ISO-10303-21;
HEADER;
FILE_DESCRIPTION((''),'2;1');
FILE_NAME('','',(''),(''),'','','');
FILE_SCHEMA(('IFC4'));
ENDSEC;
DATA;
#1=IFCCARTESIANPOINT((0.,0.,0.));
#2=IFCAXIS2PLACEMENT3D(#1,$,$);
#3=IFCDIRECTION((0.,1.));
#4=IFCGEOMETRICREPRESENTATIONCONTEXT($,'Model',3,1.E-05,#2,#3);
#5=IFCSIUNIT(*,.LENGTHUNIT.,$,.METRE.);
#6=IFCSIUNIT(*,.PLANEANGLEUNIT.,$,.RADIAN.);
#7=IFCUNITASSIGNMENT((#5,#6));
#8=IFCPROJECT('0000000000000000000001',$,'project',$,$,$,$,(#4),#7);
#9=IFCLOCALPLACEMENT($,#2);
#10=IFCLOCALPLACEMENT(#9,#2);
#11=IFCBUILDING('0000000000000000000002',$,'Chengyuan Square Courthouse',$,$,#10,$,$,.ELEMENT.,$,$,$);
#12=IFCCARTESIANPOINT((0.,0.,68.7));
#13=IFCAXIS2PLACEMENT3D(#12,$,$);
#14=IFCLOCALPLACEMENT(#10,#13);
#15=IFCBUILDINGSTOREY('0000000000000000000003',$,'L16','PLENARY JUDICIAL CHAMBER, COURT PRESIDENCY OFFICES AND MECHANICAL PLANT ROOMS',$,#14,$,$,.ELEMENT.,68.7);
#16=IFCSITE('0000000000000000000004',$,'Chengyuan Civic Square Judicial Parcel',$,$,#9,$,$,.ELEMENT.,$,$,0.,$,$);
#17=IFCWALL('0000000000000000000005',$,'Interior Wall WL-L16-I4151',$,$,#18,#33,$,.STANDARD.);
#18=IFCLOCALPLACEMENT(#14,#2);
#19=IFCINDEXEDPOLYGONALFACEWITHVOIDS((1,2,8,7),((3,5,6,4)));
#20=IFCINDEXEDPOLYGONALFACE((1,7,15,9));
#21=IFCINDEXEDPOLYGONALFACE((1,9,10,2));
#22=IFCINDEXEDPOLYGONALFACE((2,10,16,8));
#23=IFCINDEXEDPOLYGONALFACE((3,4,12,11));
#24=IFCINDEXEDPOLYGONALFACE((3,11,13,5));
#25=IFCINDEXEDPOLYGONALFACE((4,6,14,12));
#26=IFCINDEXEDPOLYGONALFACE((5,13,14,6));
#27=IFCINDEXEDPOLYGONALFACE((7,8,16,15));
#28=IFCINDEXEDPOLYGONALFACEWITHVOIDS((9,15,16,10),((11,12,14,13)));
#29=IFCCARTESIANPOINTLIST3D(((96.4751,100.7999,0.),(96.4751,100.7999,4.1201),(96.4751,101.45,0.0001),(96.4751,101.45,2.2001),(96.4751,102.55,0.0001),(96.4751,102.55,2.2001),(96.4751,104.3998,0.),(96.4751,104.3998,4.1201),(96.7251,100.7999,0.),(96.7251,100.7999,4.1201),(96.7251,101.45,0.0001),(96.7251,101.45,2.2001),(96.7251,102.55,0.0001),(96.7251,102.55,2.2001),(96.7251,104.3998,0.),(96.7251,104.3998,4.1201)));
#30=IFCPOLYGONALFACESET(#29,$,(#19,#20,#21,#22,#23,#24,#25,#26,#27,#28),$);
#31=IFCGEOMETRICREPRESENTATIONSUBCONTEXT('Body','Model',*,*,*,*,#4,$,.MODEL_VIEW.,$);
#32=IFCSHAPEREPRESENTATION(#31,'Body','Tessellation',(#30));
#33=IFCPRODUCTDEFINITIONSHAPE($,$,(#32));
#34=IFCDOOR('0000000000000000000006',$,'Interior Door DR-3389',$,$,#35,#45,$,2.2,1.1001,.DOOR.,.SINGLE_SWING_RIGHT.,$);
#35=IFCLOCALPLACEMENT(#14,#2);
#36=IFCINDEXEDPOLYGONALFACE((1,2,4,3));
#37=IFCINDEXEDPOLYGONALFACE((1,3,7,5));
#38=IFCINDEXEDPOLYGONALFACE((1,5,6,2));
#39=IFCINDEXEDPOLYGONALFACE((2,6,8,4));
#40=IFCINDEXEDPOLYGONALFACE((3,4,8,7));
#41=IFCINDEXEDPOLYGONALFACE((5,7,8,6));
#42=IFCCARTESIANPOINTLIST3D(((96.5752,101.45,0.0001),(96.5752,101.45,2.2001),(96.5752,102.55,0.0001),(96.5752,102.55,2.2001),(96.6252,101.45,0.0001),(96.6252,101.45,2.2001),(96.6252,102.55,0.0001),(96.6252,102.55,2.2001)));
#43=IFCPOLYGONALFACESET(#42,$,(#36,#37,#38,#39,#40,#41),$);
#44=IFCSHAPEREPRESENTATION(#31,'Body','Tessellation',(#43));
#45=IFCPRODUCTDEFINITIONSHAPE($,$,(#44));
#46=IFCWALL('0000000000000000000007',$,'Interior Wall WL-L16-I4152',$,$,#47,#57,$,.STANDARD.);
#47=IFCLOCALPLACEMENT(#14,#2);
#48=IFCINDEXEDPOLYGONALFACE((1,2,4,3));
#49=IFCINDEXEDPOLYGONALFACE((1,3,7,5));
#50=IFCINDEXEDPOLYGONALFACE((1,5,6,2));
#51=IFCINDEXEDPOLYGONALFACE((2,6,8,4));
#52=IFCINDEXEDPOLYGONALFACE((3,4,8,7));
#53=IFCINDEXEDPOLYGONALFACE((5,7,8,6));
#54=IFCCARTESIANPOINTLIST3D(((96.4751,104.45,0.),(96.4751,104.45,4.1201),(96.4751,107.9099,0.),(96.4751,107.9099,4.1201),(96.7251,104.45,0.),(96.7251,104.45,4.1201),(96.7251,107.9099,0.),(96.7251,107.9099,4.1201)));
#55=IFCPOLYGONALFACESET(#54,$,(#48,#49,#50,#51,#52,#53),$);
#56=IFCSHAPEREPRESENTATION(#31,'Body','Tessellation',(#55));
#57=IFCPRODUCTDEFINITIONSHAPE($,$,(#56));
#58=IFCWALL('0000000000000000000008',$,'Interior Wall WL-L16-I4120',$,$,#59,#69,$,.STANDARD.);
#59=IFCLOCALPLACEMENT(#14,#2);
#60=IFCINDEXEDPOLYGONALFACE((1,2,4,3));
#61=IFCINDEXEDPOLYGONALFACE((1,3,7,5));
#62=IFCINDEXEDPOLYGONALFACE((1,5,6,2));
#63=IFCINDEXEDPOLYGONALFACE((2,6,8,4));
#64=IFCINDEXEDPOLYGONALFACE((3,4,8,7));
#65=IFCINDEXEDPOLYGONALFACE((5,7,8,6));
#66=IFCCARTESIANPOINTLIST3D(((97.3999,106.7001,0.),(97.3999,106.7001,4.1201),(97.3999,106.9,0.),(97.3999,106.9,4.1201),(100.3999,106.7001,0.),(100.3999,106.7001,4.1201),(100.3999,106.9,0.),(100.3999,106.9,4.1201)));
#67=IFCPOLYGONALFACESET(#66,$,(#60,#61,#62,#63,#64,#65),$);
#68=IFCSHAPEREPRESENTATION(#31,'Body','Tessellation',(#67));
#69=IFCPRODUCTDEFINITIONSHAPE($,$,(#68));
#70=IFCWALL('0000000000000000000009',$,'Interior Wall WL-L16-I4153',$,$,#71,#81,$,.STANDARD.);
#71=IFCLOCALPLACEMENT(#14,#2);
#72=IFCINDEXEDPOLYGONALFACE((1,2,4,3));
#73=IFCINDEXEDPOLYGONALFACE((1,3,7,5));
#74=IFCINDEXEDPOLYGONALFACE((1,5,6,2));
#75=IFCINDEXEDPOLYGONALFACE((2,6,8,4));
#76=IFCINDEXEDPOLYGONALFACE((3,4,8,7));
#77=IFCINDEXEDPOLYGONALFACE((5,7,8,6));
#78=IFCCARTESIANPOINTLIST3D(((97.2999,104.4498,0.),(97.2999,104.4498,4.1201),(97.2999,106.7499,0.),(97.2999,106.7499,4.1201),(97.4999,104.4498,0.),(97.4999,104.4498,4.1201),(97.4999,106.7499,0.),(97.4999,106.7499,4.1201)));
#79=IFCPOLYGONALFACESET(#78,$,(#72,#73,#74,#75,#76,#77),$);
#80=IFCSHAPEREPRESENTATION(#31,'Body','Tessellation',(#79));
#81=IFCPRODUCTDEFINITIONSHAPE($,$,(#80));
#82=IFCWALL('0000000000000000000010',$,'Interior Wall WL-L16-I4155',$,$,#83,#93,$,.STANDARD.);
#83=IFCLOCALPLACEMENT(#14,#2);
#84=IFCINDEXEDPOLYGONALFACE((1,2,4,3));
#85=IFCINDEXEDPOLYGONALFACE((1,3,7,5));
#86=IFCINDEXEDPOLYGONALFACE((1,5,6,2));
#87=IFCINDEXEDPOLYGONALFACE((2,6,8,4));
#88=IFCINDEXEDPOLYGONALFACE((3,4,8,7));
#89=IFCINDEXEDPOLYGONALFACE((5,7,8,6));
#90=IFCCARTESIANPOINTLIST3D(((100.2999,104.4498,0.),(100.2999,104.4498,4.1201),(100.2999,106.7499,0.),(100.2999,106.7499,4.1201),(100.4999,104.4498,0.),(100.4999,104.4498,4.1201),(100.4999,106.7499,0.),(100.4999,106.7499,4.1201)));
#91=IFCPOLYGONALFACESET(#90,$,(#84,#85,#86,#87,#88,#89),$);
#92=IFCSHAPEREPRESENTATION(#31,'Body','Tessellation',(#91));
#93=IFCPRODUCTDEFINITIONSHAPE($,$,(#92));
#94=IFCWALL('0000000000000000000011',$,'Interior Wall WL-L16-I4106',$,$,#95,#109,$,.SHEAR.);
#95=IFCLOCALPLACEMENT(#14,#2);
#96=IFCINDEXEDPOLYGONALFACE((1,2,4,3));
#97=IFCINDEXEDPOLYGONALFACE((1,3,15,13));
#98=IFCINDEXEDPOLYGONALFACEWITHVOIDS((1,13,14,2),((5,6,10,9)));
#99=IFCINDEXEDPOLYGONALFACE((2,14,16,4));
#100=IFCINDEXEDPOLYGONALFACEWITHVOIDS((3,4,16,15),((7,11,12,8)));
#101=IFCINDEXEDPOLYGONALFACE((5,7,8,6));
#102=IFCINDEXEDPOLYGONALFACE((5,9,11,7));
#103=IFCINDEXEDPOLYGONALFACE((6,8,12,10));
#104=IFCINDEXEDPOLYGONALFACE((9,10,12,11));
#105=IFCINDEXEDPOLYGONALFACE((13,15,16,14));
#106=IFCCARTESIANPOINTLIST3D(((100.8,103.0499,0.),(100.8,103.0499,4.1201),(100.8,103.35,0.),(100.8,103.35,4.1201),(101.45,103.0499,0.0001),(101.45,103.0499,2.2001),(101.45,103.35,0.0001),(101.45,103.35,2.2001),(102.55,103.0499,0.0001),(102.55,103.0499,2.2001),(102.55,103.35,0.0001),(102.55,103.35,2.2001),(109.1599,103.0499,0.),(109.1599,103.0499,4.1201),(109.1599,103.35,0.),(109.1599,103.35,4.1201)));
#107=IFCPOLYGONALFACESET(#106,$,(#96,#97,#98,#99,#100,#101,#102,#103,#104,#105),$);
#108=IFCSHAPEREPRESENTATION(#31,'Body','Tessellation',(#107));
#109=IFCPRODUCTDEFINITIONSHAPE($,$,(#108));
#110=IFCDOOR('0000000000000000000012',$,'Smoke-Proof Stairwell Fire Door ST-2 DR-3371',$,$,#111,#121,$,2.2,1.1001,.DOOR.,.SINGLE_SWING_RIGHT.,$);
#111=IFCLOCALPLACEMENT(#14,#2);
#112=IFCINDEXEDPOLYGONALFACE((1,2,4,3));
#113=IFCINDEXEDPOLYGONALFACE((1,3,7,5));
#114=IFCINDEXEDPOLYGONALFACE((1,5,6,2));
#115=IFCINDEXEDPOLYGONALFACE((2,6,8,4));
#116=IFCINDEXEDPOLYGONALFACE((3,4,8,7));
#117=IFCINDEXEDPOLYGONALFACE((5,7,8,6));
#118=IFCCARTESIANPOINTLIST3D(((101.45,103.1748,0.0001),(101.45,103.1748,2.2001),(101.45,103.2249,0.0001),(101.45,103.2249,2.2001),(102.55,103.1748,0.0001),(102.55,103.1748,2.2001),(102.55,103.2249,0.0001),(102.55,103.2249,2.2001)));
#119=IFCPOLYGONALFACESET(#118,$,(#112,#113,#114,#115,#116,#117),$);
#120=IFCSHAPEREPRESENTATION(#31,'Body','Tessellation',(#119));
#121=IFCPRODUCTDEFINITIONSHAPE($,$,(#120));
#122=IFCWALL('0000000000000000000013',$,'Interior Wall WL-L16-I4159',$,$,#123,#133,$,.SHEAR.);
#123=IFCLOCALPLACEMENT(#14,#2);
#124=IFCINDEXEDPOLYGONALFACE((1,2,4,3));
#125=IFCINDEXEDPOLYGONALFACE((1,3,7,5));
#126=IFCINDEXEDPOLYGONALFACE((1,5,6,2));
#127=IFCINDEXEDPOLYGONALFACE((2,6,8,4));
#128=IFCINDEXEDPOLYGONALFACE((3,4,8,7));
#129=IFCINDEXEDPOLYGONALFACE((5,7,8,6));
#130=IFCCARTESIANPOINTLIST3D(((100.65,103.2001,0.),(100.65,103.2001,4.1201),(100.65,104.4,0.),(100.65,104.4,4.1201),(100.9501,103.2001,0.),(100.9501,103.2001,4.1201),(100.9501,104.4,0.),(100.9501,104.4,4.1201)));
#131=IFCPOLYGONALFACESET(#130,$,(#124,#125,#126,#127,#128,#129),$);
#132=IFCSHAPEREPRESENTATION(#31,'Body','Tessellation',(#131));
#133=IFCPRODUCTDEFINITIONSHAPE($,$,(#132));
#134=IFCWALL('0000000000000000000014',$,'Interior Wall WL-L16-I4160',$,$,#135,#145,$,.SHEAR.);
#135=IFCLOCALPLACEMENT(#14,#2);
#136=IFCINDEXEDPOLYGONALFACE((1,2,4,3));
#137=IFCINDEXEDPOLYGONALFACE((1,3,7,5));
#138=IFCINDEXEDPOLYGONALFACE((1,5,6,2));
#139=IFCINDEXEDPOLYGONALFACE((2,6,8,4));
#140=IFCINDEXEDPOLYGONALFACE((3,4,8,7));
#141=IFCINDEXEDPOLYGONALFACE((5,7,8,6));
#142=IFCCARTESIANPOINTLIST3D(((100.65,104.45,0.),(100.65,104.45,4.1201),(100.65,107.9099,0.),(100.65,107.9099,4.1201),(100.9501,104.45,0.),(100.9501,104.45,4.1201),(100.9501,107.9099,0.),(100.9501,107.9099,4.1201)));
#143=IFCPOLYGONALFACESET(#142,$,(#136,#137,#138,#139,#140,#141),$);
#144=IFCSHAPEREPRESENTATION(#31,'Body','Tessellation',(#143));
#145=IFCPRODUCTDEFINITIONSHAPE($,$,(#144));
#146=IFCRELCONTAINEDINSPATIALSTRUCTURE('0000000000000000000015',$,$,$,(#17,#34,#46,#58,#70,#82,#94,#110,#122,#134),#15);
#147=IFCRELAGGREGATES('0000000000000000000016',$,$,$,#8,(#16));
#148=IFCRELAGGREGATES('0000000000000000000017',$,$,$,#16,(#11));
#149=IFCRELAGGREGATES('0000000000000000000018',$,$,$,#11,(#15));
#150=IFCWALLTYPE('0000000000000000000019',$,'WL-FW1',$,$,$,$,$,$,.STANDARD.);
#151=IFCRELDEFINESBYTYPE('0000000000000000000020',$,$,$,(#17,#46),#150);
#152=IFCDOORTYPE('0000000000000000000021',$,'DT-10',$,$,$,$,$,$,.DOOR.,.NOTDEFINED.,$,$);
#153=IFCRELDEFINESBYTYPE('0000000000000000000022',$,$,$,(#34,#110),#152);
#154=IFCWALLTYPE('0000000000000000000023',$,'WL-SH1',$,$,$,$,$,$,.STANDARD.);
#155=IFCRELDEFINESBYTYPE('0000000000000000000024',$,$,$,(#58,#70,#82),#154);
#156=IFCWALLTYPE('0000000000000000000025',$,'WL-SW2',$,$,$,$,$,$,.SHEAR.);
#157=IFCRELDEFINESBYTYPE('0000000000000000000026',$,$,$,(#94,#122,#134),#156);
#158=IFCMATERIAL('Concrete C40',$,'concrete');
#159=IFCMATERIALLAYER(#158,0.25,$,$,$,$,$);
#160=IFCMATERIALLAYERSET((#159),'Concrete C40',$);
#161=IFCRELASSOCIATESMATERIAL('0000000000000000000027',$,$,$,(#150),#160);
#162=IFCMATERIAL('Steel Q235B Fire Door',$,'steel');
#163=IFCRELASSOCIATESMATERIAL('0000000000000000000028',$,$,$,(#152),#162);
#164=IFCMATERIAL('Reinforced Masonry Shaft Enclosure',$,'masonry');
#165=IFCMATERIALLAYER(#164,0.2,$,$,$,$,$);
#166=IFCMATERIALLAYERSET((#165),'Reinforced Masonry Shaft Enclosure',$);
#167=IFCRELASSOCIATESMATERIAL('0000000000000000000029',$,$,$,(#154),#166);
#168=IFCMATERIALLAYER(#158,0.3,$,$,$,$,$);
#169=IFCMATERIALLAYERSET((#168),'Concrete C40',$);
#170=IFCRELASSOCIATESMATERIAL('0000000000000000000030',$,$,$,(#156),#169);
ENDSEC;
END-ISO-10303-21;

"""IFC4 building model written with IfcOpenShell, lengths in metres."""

from ifc_helpers import new_model, si_unit, direction, frame, frame_2d, origin, place, context, subcontext, project, spatial, rectangle, extrude, material, layer, layer_set, type_object, element, fill, save


model = new_model("IFC4")

# Units and contexts
model_context = context("Model", 3, precision=1e-05, world=origin(), true_north=direction((0.0, 1.0)))
body_context = subcontext(model_context, "Body", "Model", "MODEL_VIEW")
ifc_project = project(units=[si_unit("LENGTHUNIT", "METRE"), si_unit("PLANEANGLEUNIT", "RADIAN")], contexts=[model_context])

# Site, building, storey
site_placement = place(None, origin())
site = spatial("IfcSite", under=ifc_project, at=site_placement, Name="Chengyuan Civic Square Judicial Parcel", CompositionType="ELEMENT", RefElevation=0.0)
building_placement = place(site_placement, origin())
building = spatial("IfcBuilding", under=site, at=building_placement, Name="Chengyuan Square Courthouse", CompositionType="ELEMENT")
storey_placement = place(building_placement, frame((0.0, 0.0, 68.7)))
storey = spatial("IfcBuildingStorey", under=building, at=storey_placement, Name="L16", Description="PLENARY JUDICIAL CHAMBER, COURT PRESIDENCY OFFICES AND MECHANICAL PLANT ROOMS", CompositionType="ELEMENT", Elevation=68.7)

# Shared definitions
ifc_material_1 = material(Name="Concrete C40", Category="concrete")

# Shared definitions
ifc_layer_1 = layer(ifc_material_1, 0.25)
ifc_layer_set_1 = layer_set([ifc_layer_1], Name="Concrete C40")
wall_type_1 = type_object("IfcWallType", Name="WL-FW1", PredefinedType="STANDARD", material=ifc_layer_set_1)
ifc_material_2 = material(Name="Steel Q235B Fire Door", Category="steel")
door_type_1 = type_object("IfcDoorType", Name="DT-10", OperationType="NOTDEFINED", PredefinedType="DOOR", material=ifc_material_2)

# Wall, opening, door
wall_1_placement = place(storey_placement, frame((96.6001, 100.8, 0.0), z_axis=(0.0, 0.0, 1.0), x_axis=(0.0, 1.0, 0.0)))
wall_1 = element("IfcWall", 1, at=wall_1_placement, inside=storey, type_object=wall_type_1, Name="Interior Wall WL-L16-I4151", PredefinedType="STANDARD", context=body_context, shape_type="SweptSolid", body=[
    extrude(rectangle(XDim=3.5999, YDim=0.25, at=frame_2d((1.7998, 0.0))), origin(), (0.0, 0.0, 1.0), 4.1201),
])
opening_1_placement = place(wall_1_placement, frame((0.6499, 0.0, 0.0)))
opening_1 = element("IfcOpeningElement", 2, at=opening_1_placement, cuts=wall_1, PredefinedType="OPENING", context=body_context, shape_type="SweptSolid", body=[
    extrude(rectangle(XDim=1.1001, YDim=2.2, at=frame_2d((0.55, 1.1001))), frame((0.0, 0.137, 0.0), z_axis=(0.0, -1.0, 0.0), x_axis=(1.0, 0.0, 0.0)), (0.0, 0.0, 1.0), 0.2739),
])
door_1_placement = place(opening_1_placement, origin())
door_1 = element("IfcDoor", 3, at=door_1_placement, inside=storey, type_object=door_type_1, Name="Interior Door DR-3389", OperationType="SINGLE_SWING_RIGHT", OverallHeight=2.2, OverallWidth=1.1001, PredefinedType="DOOR", context=body_context, shape_type="SweptSolid", body=[
    extrude(rectangle(XDim=1.1001, YDim=2.2, at=frame_2d((0.55, 1.1001))), frame((0.0, 0.0249, 0.0), z_axis=(0.0, -1.0, 0.0), x_axis=(1.0, 0.0, 0.0)), (0.0, 0.0, 1.0), 0.05),
])
fill(opening_1, door_1)

# Wall
wall_2_placement = place(storey_placement, frame((96.6001, 104.45, 0.0), z_axis=(0.0, 0.0, 1.0), x_axis=(0.0, 1.0, 0.0)))
element("IfcWall", 4, at=wall_2_placement, inside=storey, type_object=wall_type_1, Name="Interior Wall WL-L16-I4152", PredefinedType="STANDARD", context=body_context, shape_type="SweptSolid", body=[
    extrude(rectangle(XDim=3.46, YDim=0.25, at=frame_2d((1.73, 0.0))), origin(), (0.0, 0.0, 1.0), 4.1201),
])

# Shared definitions
ifc_material_3 = material(Name="Reinforced Masonry Shaft Enclosure", Category="masonry")
ifc_layer_2 = layer(ifc_material_3, 0.2)
ifc_layer_set_2 = layer_set([ifc_layer_2], Name="Reinforced Masonry Shaft Enclosure")
wall_type_2 = type_object("IfcWallType", Name="WL-SH1", PredefinedType="STANDARD", material=ifc_layer_set_2)

# Walls
wall_3_placement = place(storey_placement, frame((97.3999, 106.8, 0.0), z_axis=(0.0, 0.0, 1.0), x_axis=(1.0, 0.0, 0.0)))
element("IfcWall", 5, at=wall_3_placement, inside=storey, type_object=wall_type_2, Name="Interior Wall WL-L16-I4120", PredefinedType="STANDARD", context=body_context, shape_type="SweptSolid", body=[
    extrude(rectangle(XDim=3.0, YDim=0.2, at=frame_2d((1.5, 0.0))), origin(), (0.0, 0.0, 1.0), 4.1201),
])
for number, where, z_axis, x_axis, name in (
    (6, (97.3999, 104.45, 0.0), (0.0, 0.0, 1.0), (0.0, 1.0, 0.0), "Interior Wall WL-L16-I4153"),
    (7, (100.3999, 104.45, 0.0), (0.0, 0.0, 1.0), (0.0, 1.0, 0.0), "Interior Wall WL-L16-I4155"),
):
    element("IfcWall", number, at=place(storey_placement, frame(where, z_axis=z_axis, x_axis=x_axis)), inside=storey, type_object=wall_type_2, Name=name, PredefinedType="STANDARD", context=body_context, shape_type="SweptSolid", body=[
        extrude(rectangle(XDim=2.3, YDim=0.2, at=frame_2d((1.1499, 0.0))), origin(), (0.0, 0.0, 1.0), 4.1201),
    ])

# Wall, opening, door
ifc_layer_3 = layer(ifc_material_1, 0.3)
ifc_layer_set_3 = layer_set([ifc_layer_3], Name="Concrete C40")
wall_type_3 = type_object("IfcWallType", Name="WL-SW2", PredefinedType="SHEAR", material=ifc_layer_set_3)
wall_4_placement = place(storey_placement, frame((100.8, 103.2, 0.0), z_axis=(0.0, 0.0, 1.0), x_axis=(1.0, 0.0, 0.0)))
wall_4 = element("IfcWall", 8, at=wall_4_placement, inside=storey, type_object=wall_type_3, Name="Interior Wall WL-L16-I4106", PredefinedType="SHEAR", context=body_context, shape_type="SweptSolid", body=[
    extrude(rectangle(XDim=8.3599, YDim=0.3, at=frame_2d((4.1799, 0.0))), origin(), (0.0, 0.0, 1.0), 4.1201),
])
opening_2_placement = place(wall_4_placement, frame((0.6499, 0.0, 0.0)))
opening_2 = element("IfcOpeningElement", 9, at=opening_2_placement, cuts=wall_4, PredefinedType="OPENING", context=body_context, shape_type="SweptSolid", body=[
    extrude(rectangle(XDim=1.1001, YDim=2.2, at=frame_2d((0.55, 1.1001))), frame((0.0, 0.1621, 0.0), z_axis=(0.0, -1.0, 0.0), x_axis=(1.0, 0.0, 0.0)), (0.0, 0.0, 1.0), 0.324),
])
door_2_placement = place(opening_2_placement, origin())
door_2 = element("IfcDoor", 10, at=door_2_placement, inside=storey, type_object=door_type_1, Name="Smoke-Proof Stairwell Fire Door ST-2 DR-3371", OperationType="SINGLE_SWING_RIGHT", OverallHeight=2.2, OverallWidth=1.1001, PredefinedType="DOOR", context=body_context, shape_type="SweptSolid", body=[
    extrude(rectangle(XDim=1.1001, YDim=2.2, at=frame_2d((0.55, 1.1001))), frame((0.0, 0.0249, 0.0), z_axis=(0.0, -1.0, 0.0), x_axis=(1.0, 0.0, 0.0)), (0.0, 0.0, 1.0), 0.05),
])
fill(opening_2, door_2)

# Walls
wall_5_placement = place(storey_placement, frame((100.8, 103.2, 0.0), z_axis=(0.0, 0.0, 1.0), x_axis=(0.0, 1.0, 0.0)))
element("IfcWall", 11, at=wall_5_placement, inside=storey, type_object=wall_type_3, Name="Interior Wall WL-L16-I4159", PredefinedType="SHEAR", context=body_context, shape_type="SweptSolid", body=[
    extrude(rectangle(XDim=1.2, YDim=0.3, at=frame_2d((0.6001, 0.0))), origin(), (0.0, 0.0, 1.0), 4.1201),
])
wall_6_placement = place(storey_placement, frame((100.8, 104.45, 0.0), z_axis=(0.0, 0.0, 1.0), x_axis=(0.0, 1.0, 0.0)))
element("IfcWall", 12, at=wall_6_placement, inside=storey, type_object=wall_type_3, Name="Interior Wall WL-L16-I4160", PredefinedType="SHEAR", context=body_context, shape_type="SweptSolid", body=[
    extrude(rectangle(XDim=3.46, YDim=0.3, at=frame_2d((1.73, 0.0))), origin(), (0.0, 0.0, 1.0), 4.1201),
])

save(model, "model.ifc")
